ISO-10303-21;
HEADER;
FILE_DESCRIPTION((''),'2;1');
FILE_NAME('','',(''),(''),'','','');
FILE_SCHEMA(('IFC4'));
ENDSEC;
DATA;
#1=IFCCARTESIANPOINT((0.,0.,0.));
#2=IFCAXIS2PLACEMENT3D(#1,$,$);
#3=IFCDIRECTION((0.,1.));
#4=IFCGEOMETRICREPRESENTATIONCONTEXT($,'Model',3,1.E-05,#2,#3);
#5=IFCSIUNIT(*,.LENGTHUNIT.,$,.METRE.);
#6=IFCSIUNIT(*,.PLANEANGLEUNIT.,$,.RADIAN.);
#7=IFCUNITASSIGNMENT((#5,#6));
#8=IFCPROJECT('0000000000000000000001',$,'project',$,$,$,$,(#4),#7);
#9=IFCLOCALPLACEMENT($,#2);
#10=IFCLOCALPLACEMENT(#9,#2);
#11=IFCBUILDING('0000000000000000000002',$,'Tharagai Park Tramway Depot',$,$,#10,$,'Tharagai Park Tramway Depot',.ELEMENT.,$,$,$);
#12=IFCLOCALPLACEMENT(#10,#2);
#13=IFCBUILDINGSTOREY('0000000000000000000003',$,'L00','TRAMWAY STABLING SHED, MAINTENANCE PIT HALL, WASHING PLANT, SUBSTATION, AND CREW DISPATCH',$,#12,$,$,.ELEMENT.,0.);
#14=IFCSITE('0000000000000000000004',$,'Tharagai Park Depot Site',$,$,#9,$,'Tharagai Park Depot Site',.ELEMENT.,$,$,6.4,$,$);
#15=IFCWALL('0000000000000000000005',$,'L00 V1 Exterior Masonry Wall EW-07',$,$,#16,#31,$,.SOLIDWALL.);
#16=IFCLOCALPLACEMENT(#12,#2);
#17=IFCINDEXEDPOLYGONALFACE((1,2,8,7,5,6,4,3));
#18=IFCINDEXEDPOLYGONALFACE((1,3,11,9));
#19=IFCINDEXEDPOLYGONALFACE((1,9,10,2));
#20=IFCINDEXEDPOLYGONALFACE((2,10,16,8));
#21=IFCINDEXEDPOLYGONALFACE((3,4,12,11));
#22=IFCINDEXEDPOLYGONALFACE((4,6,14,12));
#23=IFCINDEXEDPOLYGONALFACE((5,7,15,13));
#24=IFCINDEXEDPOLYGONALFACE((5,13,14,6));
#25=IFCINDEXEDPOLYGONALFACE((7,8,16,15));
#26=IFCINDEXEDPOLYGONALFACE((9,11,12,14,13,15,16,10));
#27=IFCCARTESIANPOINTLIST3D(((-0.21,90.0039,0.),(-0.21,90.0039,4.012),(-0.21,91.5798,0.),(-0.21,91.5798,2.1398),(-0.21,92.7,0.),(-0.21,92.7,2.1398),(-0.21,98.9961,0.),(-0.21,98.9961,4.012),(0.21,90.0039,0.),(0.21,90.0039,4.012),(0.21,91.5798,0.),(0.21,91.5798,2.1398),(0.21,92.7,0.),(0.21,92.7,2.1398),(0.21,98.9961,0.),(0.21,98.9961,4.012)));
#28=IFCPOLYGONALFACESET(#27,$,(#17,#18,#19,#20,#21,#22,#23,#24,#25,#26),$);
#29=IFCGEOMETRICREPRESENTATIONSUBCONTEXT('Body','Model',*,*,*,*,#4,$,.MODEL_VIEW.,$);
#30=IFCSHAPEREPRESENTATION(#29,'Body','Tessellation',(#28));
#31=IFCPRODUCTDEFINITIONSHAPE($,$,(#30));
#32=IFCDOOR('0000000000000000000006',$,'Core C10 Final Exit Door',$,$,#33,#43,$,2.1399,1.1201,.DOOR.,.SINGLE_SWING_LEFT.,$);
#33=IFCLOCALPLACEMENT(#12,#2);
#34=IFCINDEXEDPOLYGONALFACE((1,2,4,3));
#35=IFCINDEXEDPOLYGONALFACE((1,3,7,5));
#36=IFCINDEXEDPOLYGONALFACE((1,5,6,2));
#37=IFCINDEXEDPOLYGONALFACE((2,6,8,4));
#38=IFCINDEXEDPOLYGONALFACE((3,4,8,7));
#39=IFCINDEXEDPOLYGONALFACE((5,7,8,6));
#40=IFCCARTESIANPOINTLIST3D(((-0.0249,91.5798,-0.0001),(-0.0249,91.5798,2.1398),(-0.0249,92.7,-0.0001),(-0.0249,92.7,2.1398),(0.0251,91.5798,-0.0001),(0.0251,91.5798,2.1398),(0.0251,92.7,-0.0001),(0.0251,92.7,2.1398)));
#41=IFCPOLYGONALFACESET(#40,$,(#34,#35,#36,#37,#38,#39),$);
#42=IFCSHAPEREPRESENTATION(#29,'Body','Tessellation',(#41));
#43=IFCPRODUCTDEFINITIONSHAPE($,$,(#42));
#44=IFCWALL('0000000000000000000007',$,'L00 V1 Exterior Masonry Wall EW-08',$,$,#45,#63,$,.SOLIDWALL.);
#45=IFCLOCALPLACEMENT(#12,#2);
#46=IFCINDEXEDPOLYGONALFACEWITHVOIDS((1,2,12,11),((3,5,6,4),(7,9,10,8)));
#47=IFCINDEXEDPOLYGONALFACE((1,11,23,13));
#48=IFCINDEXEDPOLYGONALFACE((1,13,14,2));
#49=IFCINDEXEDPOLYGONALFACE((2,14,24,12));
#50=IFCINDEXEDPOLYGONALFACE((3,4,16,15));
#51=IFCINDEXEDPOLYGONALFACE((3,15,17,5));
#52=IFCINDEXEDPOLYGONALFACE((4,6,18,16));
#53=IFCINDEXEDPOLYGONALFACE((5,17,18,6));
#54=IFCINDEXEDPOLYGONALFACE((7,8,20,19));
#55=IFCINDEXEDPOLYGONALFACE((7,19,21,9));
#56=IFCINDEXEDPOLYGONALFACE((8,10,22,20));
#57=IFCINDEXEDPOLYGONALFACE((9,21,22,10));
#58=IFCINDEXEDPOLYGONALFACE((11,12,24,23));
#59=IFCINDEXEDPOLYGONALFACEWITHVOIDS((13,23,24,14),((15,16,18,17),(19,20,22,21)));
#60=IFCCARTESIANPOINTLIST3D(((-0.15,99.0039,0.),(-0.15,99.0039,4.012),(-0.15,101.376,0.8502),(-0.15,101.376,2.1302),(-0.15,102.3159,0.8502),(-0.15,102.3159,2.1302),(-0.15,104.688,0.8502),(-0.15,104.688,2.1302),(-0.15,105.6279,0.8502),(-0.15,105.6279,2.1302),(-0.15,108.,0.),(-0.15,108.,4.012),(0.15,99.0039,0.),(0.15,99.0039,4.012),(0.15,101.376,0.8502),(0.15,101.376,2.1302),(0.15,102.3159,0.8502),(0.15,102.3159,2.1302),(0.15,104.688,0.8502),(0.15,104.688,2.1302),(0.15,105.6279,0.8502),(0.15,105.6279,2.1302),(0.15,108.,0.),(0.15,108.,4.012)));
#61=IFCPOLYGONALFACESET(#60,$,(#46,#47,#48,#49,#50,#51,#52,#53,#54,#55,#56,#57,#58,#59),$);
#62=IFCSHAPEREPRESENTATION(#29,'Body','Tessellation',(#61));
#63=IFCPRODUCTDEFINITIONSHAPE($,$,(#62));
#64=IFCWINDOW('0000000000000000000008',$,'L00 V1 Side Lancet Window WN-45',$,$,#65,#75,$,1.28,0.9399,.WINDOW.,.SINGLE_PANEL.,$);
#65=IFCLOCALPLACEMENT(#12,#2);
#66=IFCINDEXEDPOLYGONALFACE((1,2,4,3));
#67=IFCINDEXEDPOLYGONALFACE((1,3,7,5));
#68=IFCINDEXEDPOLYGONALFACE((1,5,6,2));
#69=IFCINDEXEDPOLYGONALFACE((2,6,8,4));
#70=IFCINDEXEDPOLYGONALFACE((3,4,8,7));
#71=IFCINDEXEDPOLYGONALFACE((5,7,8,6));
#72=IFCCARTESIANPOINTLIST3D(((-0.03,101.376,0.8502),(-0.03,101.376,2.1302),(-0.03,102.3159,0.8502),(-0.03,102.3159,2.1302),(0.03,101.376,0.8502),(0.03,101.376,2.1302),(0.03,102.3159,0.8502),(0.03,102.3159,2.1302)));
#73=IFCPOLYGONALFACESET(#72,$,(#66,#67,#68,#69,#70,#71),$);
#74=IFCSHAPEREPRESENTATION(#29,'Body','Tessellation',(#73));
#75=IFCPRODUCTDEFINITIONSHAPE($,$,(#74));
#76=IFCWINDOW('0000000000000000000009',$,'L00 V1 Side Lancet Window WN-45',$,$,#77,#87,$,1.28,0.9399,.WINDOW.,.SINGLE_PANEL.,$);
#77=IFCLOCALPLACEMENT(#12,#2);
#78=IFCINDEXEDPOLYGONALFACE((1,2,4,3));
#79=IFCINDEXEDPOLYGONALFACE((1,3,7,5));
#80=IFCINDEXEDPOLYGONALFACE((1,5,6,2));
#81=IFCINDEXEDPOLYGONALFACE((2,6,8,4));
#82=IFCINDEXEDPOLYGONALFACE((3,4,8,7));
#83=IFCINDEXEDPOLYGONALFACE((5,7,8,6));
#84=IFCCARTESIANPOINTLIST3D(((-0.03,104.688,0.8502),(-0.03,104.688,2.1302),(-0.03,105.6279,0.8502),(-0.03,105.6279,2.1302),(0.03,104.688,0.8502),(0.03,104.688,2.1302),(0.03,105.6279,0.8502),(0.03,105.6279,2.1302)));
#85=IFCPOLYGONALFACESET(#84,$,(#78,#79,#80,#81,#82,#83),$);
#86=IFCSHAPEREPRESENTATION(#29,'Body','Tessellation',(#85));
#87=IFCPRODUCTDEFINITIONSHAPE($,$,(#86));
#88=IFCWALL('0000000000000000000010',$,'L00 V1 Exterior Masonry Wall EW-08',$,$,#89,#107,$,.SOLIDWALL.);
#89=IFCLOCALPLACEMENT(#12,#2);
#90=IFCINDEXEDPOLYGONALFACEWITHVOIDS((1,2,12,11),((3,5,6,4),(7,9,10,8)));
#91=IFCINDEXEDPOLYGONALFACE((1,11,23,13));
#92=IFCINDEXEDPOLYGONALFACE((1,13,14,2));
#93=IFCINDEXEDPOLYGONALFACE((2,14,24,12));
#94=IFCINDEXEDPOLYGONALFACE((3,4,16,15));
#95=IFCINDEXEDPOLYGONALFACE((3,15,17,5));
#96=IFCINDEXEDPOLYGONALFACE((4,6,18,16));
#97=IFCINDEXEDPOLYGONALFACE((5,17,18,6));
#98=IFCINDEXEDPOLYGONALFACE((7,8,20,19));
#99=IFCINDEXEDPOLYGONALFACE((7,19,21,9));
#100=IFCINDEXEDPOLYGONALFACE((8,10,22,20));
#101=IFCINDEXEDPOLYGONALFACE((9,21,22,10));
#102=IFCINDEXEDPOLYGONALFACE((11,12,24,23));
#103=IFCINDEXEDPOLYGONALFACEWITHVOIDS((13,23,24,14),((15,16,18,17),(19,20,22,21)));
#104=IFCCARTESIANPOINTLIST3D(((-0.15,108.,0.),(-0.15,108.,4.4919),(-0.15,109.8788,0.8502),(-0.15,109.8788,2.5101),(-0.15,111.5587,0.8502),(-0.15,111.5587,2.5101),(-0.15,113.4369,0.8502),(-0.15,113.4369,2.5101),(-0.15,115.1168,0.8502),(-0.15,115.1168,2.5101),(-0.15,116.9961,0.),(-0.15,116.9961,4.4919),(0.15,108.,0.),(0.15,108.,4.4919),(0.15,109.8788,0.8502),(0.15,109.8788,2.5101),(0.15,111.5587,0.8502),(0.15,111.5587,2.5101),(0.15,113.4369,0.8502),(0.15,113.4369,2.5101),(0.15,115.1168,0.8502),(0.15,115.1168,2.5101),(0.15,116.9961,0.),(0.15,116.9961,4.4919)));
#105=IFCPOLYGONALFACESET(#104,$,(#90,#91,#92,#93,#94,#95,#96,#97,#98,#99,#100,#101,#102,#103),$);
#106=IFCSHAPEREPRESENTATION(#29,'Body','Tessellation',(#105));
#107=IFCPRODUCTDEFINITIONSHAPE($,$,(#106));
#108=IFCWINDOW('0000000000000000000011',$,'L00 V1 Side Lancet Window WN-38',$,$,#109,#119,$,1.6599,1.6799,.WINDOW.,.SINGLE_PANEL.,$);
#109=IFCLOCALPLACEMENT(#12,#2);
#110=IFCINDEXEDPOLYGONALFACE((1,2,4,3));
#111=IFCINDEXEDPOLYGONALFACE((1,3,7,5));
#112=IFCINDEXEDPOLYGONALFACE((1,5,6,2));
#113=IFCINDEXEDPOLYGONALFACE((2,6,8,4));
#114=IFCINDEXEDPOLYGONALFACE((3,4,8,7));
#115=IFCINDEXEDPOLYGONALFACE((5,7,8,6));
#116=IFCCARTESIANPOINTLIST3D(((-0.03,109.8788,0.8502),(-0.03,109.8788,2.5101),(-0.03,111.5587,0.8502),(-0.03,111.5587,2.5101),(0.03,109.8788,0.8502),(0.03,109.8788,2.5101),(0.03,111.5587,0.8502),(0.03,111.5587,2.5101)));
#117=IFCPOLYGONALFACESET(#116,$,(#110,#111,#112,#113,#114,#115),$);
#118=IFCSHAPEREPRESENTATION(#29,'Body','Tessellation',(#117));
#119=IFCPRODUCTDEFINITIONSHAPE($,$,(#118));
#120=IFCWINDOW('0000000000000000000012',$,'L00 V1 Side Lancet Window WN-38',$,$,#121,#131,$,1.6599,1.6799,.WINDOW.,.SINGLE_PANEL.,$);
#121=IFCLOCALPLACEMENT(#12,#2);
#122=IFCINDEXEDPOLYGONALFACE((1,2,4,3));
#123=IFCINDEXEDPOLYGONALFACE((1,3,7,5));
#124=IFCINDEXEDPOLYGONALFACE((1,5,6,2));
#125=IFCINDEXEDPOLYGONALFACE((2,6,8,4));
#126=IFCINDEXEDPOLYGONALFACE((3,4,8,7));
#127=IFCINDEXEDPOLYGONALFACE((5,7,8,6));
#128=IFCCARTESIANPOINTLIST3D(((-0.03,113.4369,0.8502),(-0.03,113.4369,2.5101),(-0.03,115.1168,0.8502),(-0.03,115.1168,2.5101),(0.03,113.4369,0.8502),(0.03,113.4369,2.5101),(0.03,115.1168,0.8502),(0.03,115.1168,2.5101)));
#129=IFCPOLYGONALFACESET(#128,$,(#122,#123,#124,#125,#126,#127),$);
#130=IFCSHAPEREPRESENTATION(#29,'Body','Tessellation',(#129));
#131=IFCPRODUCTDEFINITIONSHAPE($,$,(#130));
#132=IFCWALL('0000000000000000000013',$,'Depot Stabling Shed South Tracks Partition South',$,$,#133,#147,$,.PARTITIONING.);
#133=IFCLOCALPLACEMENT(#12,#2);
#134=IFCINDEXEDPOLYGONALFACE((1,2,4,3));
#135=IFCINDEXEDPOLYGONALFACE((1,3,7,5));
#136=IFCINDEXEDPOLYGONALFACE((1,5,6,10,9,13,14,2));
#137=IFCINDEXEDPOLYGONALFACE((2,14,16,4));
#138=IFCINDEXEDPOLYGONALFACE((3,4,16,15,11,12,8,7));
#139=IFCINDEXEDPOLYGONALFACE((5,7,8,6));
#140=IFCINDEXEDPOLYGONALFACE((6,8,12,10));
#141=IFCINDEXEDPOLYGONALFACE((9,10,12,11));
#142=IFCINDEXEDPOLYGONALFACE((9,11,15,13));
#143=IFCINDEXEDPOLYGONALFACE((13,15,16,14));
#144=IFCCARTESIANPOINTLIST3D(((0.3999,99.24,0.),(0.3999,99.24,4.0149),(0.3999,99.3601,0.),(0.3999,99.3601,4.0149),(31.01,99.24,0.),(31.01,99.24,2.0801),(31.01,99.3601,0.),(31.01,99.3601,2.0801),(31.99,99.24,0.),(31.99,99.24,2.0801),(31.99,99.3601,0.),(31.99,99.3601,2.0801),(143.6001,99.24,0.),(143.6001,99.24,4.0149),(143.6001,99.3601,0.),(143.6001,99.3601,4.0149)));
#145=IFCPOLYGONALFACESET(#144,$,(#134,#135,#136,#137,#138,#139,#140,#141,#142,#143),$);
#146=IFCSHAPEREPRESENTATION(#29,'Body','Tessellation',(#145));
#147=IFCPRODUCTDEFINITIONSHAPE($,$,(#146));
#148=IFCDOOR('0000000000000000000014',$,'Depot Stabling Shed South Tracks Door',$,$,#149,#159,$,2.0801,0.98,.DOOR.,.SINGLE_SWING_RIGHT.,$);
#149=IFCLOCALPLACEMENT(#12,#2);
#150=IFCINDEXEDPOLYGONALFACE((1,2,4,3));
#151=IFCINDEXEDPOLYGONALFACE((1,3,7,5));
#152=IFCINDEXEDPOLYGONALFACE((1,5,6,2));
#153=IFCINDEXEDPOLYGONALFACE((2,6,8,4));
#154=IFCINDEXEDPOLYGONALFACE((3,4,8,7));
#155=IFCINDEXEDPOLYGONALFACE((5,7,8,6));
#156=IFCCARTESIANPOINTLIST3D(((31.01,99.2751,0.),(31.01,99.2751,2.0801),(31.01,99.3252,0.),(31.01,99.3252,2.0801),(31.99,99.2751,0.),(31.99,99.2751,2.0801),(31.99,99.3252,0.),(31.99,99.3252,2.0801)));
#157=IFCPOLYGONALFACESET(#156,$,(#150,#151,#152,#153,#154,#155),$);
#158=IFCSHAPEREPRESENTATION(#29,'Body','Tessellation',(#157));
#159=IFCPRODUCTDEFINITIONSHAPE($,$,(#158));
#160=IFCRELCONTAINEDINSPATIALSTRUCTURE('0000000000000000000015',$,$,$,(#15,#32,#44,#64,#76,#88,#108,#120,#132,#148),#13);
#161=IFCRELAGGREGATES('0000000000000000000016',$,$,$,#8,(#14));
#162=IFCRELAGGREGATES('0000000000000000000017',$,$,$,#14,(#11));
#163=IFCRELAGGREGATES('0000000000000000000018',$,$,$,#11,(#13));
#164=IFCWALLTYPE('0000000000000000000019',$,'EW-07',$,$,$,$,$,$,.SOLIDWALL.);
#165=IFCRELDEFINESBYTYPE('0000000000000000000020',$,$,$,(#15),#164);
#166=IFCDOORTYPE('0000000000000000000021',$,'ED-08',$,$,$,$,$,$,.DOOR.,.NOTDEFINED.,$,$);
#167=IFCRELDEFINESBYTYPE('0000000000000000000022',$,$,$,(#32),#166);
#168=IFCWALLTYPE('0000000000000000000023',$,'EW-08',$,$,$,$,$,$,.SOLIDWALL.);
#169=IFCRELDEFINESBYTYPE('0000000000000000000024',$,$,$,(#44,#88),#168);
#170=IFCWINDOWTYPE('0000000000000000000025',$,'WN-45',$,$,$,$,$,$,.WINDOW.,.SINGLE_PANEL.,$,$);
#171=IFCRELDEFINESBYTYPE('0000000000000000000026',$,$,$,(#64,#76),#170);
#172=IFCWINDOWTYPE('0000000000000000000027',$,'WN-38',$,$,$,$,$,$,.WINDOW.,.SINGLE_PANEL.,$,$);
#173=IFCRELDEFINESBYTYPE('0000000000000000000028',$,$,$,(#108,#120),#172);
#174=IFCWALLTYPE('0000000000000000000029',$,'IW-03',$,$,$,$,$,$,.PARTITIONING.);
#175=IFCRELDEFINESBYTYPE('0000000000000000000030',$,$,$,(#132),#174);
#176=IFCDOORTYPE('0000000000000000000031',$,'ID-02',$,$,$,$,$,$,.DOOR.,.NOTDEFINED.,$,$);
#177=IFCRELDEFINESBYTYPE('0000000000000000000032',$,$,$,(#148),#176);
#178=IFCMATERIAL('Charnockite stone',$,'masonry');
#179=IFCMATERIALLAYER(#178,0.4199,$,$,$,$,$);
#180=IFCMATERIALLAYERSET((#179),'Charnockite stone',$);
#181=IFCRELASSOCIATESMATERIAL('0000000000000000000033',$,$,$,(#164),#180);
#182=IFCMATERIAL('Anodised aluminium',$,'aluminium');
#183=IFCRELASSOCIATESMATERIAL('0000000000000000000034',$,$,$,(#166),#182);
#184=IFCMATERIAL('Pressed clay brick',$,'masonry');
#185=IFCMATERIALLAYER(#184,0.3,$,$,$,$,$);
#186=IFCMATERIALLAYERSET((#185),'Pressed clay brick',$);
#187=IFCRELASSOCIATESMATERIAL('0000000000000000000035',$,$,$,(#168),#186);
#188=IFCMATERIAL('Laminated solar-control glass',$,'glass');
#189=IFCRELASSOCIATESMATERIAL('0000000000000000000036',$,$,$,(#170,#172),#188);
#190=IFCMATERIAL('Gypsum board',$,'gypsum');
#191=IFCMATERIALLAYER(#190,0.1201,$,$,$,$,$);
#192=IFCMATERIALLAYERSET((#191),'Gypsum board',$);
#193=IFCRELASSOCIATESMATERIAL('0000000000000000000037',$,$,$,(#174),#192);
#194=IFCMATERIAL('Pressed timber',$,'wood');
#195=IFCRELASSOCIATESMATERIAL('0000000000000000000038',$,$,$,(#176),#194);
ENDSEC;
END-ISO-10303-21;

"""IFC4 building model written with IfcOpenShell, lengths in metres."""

from ifc_helpers import new_model, si_unit, direction, frame, frame_2d, origin, place, context, subcontext, project, spatial, rectangle, extrude, material, layer, layer_set, type_object, element, fill, save


model = new_model("IFC4")

# Units and contexts
model_context = context("Model", 3, precision=1e-05, world=origin(), true_north=direction((0.0, 1.0)))
body_context = subcontext(model_context, "Body", "Model", "MODEL_VIEW")
ifc_project = project(units=[si_unit("LENGTHUNIT", "METRE"), si_unit("PLANEANGLEUNIT", "RADIAN")], contexts=[model_context])

# Site, building, storey
site_placement = place(None, origin())
site = spatial("IfcSite", under=ifc_project, at=site_placement, Name="Tharagai Park Depot Site", LongName="Tharagai Park Depot Site", CompositionType="ELEMENT", RefElevation=6.4)
building_placement = place(site_placement, origin())
building = spatial("IfcBuilding", under=site, at=building_placement, Name="Tharagai Park Tramway Depot", LongName="Tharagai Park Tramway Depot", CompositionType="ELEMENT")
storey_placement = place(building_placement, origin())
storey = spatial("IfcBuildingStorey", under=building, at=storey_placement, Name="L00", Description="TRAMWAY STABLING SHED, MAINTENANCE PIT HALL, WASHING PLANT, SUBSTATION, AND CREW DISPATCH", CompositionType="ELEMENT", Elevation=0.0)

# Wall, opening, door
ifc_material_1 = material(Name="Charnockite stone", Category="masonry")
ifc_layer_1 = layer(ifc_material_1, 0.4199)
ifc_layer_set_1 = layer_set([ifc_layer_1], Name="Charnockite stone")
wall_type_1 = type_object("IfcWallType", Name="EW-07", PredefinedType="SOLIDWALL", material=ifc_layer_set_1)
wall_1_placement = place(storey_placement, frame((0.0, 90.0039, 0.0), z_axis=(0.0, 0.0, 1.0), x_axis=(0.0, 1.0, 0.0)))
wall_1 = element("IfcWall", 1, at=wall_1_placement, inside=storey, type_object=wall_type_1, Name="L00 V1 Exterior Masonry Wall EW-07", PredefinedType="SOLIDWALL", context=body_context, shape_type="SweptSolid", body=[
    extrude(rectangle(XDim=8.9922, YDim=0.4199, at=frame_2d((4.4961, 0.0))), origin(), (0.0, 0.0, 1.0), 4.012),
])
opening_1_placement = place(wall_1_placement, frame((1.5759, 0.0, 0.0)))
opening_1 = element("IfcOpeningElement", 2, at=opening_1_placement, cuts=wall_1, PredefinedType="OPENING", context=body_context, shape_type="SweptSolid", body=[
    extrude(rectangle(XDim=1.1201, YDim=2.1399, at=frame_2d((0.5601, 1.0698))), frame((0.0, 0.22, 0.0), z_axis=(0.0, -1.0, 0.0), x_axis=(1.0, 0.0, 0.0)), (0.0, 0.0, 1.0), 0.4399),
])
ifc_material_2 = material(Name="Anodised aluminium", Category="aluminium")
door_type_1 = type_object("IfcDoorType", Name="ED-08", OperationType="NOTDEFINED", PredefinedType="DOOR", material=ifc_material_2)
door_1_placement = place(opening_1_placement, origin())
door_1 = element("IfcDoor", 3, at=door_1_placement, inside=storey, type_object=door_type_1, Name="Core C10 Final Exit Door", OperationType="SINGLE_SWING_LEFT", OverallHeight=2.1399, OverallWidth=1.1201, PredefinedType="DOOR", context=body_context, shape_type="SweptSolid", body=[
    extrude(rectangle(XDim=1.1201, YDim=2.1399, at=frame_2d((0.5601, 1.0698))), frame((0.0, 0.0249, 0.0), z_axis=(0.0, -1.0, 0.0), x_axis=(1.0, 0.0, 0.0)), (0.0, 0.0, 1.0), 0.05),
])
fill(opening_1, door_1)

# Walls, openings, windows
ifc_material_3 = material(Name="Pressed clay brick", Category="masonry")
ifc_layer_2 = layer(ifc_material_3, 0.3)
ifc_layer_set_2 = layer_set([ifc_layer_2], Name="Pressed clay brick")
wall_type_2 = type_object("IfcWallType", Name="EW-08", PredefinedType="SOLIDWALL", material=ifc_layer_set_2)
wall_2_placement = place(storey_placement, frame((0.0, 99.0039, 0.0), z_axis=(0.0, 0.0, 1.0), x_axis=(0.0, 1.0, 0.0)))
wall_2 = element("IfcWall", 4, at=wall_2_placement, inside=storey, type_object=wall_type_2, Name="L00 V1 Exterior Masonry Wall EW-08", PredefinedType="SOLIDWALL", context=body_context, shape_type="SweptSolid", body=[
    extrude(rectangle(XDim=8.9961, YDim=0.3, at=frame_2d((4.498, 0.0))), origin(), (0.0, 0.0, 1.0), 4.012),
])
opening_2_placement = place(wall_2_placement, frame((2.3721, 0.0, 0.8501)))
opening_2 = element("IfcOpeningElement", 5, at=opening_2_placement, cuts=wall_2, PredefinedType="OPENING", context=body_context, shape_type="SweptSolid", body=[
    extrude(rectangle(XDim=0.9399, YDim=1.28, at=frame_2d((0.47, 0.6401))), frame((0.0, 0.1599, 0.0), z_axis=(0.0, -1.0, 0.0), x_axis=(1.0, 0.0, 0.0)), (0.0, 0.0, 1.0), 0.3201),
])
opening_3_placement = place(wall_2_placement, frame((5.6841, 0.0, 0.8501)))
opening_3 = element("IfcOpeningElement", 6, at=opening_3_placement, cuts=wall_2, PredefinedType="OPENING", context=body_context, shape_type="SweptSolid", body=[
    extrude(rectangle(XDim=0.9399, YDim=1.28, at=frame_2d((0.47, 0.6401))), frame((0.0, 0.1599, 0.0), z_axis=(0.0, -1.0, 0.0), x_axis=(1.0, 0.0, 0.0)), (0.0, 0.0, 1.0), 0.3201),
])
ifc_material_4 = material(Name="Laminated solar-control glass", Category="glass")
window_type_1 = type_object("IfcWindowType", Name="WN-45", PartitioningType="SINGLE_PANEL", PredefinedType="WINDOW", material=ifc_material_4)
window_1_placement = place(opening_2_placement, origin())
window_1 = element("IfcWindow", 7, at=window_1_placement, inside=storey, type_object=window_type_1, Name="L00 V1 Side Lancet Window WN-45", OverallHeight=1.28, OverallWidth=0.9399, PartitioningType="SINGLE_PANEL", PredefinedType="WINDOW", context=body_context, shape_type="SweptSolid", body=[
    extrude(rectangle(XDim=0.9399, YDim=1.28, at=frame_2d((0.47, 0.6401))), frame((0.0, 0.03, 0.0), z_axis=(0.0, -1.0, 0.0), x_axis=(1.0, 0.0, 0.0)), (0.0, 0.0, 1.0), 0.0601),
])
fill(opening_2, window_1)
window_2_placement = place(opening_3_placement, origin())
window_2 = element("IfcWindow", 8, at=window_2_placement, inside=storey, type_object=window_type_1, Name="L00 V1 Side Lancet Window WN-45", OverallHeight=1.28, OverallWidth=0.9399, PartitioningType="SINGLE_PANEL", PredefinedType="WINDOW", context=body_context, shape_type="SweptSolid", body=[
    extrude(rectangle(XDim=0.9399, YDim=1.28, at=frame_2d((0.47, 0.6401))), frame((0.0, 0.03, 0.0), z_axis=(0.0, -1.0, 0.0), x_axis=(1.0, 0.0, 0.0)), (0.0, 0.0, 1.0), 0.0601),
])
fill(opening_3, window_2)
wall_3_placement = place(storey_placement, frame((0.0, 108.0, 0.0), z_axis=(0.0, 0.0, 1.0), x_axis=(0.0, 1.0, 0.0)))
wall_3 = element("IfcWall", 9, at=wall_3_placement, inside=storey, type_object=wall_type_2, Name="L00 V1 Exterior Masonry Wall EW-08", PredefinedType="SOLIDWALL", context=body_context, shape_type="SweptSolid", body=[
    extrude(rectangle(XDim=8.9961, YDim=0.3, at=frame_2d((4.498, 0.0))), origin(), (0.0, 0.0, 1.0), 4.4919),
])
opening_4_placement = place(wall_3_placement, frame((1.8789, 0.0, 0.8501)))
opening_4 = element("IfcOpeningElement", 10, at=opening_4_placement, cuts=wall_3, PredefinedType="OPENING", context=body_context, shape_type="SweptSolid", body=[
    extrude(rectangle(XDim=1.6799, YDim=1.6599, at=frame_2d((0.8398, 0.8301))), frame((0.0, 0.1599, 0.0), z_axis=(0.0, -1.0, 0.0), x_axis=(1.0, 0.0, 0.0)), (0.0, 0.0, 1.0), 0.3201),
])
opening_5_placement = place(wall_3_placement, frame((5.437, 0.0, 0.8501)))
opening_5 = element("IfcOpeningElement", 11, at=opening_5_placement, cuts=wall_3, PredefinedType="OPENING", context=body_context, shape_type="SweptSolid", body=[
    extrude(rectangle(XDim=1.6799, YDim=1.6599, at=frame_2d((0.8398, 0.8301))), frame((0.0, 0.1599, 0.0), z_axis=(0.0, -1.0, 0.0), x_axis=(1.0, 0.0, 0.0)), (0.0, 0.0, 1.0), 0.3201),
])
window_type_2 = type_object("IfcWindowType", Name="WN-38", PartitioningType="SINGLE_PANEL", PredefinedType="WINDOW", material=ifc_material_4)
window_3_placement = place(opening_4_placement, origin())
window_3 = element("IfcWindow", 12, at=window_3_placement, inside=storey, type_object=window_type_2, Name="L00 V1 Side Lancet Window WN-38", OverallHeight=1.6599, OverallWidth=1.6799, PartitioningType="SINGLE_PANEL", PredefinedType="WINDOW", context=body_context, shape_type="SweptSolid", body=[
    extrude(rectangle(XDim=1.6799, YDim=1.6599, at=frame_2d((0.8398, 0.8301))), frame((0.0, 0.03, 0.0), z_axis=(0.0, -1.0, 0.0), x_axis=(1.0, 0.0, 0.0)), (0.0, 0.0, 1.0), 0.0601),
])
fill(opening_4, window_3)
window_4_placement = place(opening_5_placement, origin())
window_4 = element("IfcWindow", 13, at=window_4_placement, inside=storey, type_object=window_type_2, Name="L00 V1 Side Lancet Window WN-38", OverallHeight=1.6599, OverallWidth=1.6799, PartitioningType="SINGLE_PANEL", PredefinedType="WINDOW", context=body_context, shape_type="SweptSolid", body=[
    extrude(rectangle(XDim=1.6799, YDim=1.6599, at=frame_2d((0.8398, 0.8301))), frame((0.0, 0.03, 0.0), z_axis=(0.0, -1.0, 0.0), x_axis=(1.0, 0.0, 0.0)), (0.0, 0.0, 1.0), 0.0601),
])
fill(opening_5, window_4)

# Wall, opening, door
ifc_material_5 = material(Name="Gypsum board", Category="gypsum")
ifc_layer_3 = layer(ifc_material_5, 0.1201)
ifc_layer_set_3 = layer_set([ifc_layer_3], Name="Gypsum board")
wall_type_3 = type_object("IfcWallType", Name="IW-03", PredefinedType="PARTITIONING", material=ifc_layer_set_3)
wall_4_placement = place(storey_placement, frame((0.3999, 99.3, 0.0), z_axis=(0.0, 0.0, 1.0), x_axis=(1.0, 0.0, 0.0)))
wall_4 = element("IfcWall", 14, at=wall_4_placement, inside=storey, type_object=wall_type_3, Name="Depot Stabling Shed South Tracks Partition South", PredefinedType="PARTITIONING", context=body_context, shape_type="SweptSolid", body=[
    extrude(rectangle(XDim=143.2002, YDim=0.1201, at=frame_2d((71.6001, 0.0))), origin(), (0.0, 0.0, 1.0), 4.0149),
])
opening_6_placement = place(wall_4_placement, frame((30.6101, 0.0, 0.0)))
opening_6 = element("IfcOpeningElement", 15, at=opening_6_placement, cuts=wall_4, PredefinedType="OPENING", context=body_context, shape_type="SweptSolid", body=[
    extrude(rectangle(XDim=0.98, YDim=2.0801, at=frame_2d((0.49, 1.04))), frame((0.0, 0.0701, 0.0), z_axis=(0.0, -1.0, 0.0), x_axis=(1.0, 0.0, 0.0)), (0.0, 0.0, 1.0), 0.1401),
])
ifc_material_6 = material(Name="Pressed timber", Category="wood")
door_type_2 = type_object("IfcDoorType", Name="ID-02", OperationType="NOTDEFINED", PredefinedType="DOOR", material=ifc_material_6)
door_2_placement = place(opening_6_placement, frame((0.98, 0.0, 0.0), z_axis=(0.0, 0.0, 1.0), x_axis=(-1.0, 0.0, 0.0)))
door_2 = element("IfcDoor", 16, at=door_2_placement, inside=storey, type_object=door_type_2, Name="Depot Stabling Shed South Tracks Door", OperationType="SINGLE_SWING_RIGHT", OverallHeight=2.0801, OverallWidth=0.98, PredefinedType="DOOR", context=body_context, shape_type="SweptSolid", body=[
    extrude(rectangle(XDim=0.98, YDim=2.0801, at=frame_2d((0.49, 1.04))), frame((0.0, 0.0249, 0.0), z_axis=(0.0, -1.0, 0.0), x_axis=(1.0, 0.0, 0.0)), (0.0, 0.0, 1.0), 0.05),
])
fill(opening_6, door_2)

save(model, "model.ifc")
